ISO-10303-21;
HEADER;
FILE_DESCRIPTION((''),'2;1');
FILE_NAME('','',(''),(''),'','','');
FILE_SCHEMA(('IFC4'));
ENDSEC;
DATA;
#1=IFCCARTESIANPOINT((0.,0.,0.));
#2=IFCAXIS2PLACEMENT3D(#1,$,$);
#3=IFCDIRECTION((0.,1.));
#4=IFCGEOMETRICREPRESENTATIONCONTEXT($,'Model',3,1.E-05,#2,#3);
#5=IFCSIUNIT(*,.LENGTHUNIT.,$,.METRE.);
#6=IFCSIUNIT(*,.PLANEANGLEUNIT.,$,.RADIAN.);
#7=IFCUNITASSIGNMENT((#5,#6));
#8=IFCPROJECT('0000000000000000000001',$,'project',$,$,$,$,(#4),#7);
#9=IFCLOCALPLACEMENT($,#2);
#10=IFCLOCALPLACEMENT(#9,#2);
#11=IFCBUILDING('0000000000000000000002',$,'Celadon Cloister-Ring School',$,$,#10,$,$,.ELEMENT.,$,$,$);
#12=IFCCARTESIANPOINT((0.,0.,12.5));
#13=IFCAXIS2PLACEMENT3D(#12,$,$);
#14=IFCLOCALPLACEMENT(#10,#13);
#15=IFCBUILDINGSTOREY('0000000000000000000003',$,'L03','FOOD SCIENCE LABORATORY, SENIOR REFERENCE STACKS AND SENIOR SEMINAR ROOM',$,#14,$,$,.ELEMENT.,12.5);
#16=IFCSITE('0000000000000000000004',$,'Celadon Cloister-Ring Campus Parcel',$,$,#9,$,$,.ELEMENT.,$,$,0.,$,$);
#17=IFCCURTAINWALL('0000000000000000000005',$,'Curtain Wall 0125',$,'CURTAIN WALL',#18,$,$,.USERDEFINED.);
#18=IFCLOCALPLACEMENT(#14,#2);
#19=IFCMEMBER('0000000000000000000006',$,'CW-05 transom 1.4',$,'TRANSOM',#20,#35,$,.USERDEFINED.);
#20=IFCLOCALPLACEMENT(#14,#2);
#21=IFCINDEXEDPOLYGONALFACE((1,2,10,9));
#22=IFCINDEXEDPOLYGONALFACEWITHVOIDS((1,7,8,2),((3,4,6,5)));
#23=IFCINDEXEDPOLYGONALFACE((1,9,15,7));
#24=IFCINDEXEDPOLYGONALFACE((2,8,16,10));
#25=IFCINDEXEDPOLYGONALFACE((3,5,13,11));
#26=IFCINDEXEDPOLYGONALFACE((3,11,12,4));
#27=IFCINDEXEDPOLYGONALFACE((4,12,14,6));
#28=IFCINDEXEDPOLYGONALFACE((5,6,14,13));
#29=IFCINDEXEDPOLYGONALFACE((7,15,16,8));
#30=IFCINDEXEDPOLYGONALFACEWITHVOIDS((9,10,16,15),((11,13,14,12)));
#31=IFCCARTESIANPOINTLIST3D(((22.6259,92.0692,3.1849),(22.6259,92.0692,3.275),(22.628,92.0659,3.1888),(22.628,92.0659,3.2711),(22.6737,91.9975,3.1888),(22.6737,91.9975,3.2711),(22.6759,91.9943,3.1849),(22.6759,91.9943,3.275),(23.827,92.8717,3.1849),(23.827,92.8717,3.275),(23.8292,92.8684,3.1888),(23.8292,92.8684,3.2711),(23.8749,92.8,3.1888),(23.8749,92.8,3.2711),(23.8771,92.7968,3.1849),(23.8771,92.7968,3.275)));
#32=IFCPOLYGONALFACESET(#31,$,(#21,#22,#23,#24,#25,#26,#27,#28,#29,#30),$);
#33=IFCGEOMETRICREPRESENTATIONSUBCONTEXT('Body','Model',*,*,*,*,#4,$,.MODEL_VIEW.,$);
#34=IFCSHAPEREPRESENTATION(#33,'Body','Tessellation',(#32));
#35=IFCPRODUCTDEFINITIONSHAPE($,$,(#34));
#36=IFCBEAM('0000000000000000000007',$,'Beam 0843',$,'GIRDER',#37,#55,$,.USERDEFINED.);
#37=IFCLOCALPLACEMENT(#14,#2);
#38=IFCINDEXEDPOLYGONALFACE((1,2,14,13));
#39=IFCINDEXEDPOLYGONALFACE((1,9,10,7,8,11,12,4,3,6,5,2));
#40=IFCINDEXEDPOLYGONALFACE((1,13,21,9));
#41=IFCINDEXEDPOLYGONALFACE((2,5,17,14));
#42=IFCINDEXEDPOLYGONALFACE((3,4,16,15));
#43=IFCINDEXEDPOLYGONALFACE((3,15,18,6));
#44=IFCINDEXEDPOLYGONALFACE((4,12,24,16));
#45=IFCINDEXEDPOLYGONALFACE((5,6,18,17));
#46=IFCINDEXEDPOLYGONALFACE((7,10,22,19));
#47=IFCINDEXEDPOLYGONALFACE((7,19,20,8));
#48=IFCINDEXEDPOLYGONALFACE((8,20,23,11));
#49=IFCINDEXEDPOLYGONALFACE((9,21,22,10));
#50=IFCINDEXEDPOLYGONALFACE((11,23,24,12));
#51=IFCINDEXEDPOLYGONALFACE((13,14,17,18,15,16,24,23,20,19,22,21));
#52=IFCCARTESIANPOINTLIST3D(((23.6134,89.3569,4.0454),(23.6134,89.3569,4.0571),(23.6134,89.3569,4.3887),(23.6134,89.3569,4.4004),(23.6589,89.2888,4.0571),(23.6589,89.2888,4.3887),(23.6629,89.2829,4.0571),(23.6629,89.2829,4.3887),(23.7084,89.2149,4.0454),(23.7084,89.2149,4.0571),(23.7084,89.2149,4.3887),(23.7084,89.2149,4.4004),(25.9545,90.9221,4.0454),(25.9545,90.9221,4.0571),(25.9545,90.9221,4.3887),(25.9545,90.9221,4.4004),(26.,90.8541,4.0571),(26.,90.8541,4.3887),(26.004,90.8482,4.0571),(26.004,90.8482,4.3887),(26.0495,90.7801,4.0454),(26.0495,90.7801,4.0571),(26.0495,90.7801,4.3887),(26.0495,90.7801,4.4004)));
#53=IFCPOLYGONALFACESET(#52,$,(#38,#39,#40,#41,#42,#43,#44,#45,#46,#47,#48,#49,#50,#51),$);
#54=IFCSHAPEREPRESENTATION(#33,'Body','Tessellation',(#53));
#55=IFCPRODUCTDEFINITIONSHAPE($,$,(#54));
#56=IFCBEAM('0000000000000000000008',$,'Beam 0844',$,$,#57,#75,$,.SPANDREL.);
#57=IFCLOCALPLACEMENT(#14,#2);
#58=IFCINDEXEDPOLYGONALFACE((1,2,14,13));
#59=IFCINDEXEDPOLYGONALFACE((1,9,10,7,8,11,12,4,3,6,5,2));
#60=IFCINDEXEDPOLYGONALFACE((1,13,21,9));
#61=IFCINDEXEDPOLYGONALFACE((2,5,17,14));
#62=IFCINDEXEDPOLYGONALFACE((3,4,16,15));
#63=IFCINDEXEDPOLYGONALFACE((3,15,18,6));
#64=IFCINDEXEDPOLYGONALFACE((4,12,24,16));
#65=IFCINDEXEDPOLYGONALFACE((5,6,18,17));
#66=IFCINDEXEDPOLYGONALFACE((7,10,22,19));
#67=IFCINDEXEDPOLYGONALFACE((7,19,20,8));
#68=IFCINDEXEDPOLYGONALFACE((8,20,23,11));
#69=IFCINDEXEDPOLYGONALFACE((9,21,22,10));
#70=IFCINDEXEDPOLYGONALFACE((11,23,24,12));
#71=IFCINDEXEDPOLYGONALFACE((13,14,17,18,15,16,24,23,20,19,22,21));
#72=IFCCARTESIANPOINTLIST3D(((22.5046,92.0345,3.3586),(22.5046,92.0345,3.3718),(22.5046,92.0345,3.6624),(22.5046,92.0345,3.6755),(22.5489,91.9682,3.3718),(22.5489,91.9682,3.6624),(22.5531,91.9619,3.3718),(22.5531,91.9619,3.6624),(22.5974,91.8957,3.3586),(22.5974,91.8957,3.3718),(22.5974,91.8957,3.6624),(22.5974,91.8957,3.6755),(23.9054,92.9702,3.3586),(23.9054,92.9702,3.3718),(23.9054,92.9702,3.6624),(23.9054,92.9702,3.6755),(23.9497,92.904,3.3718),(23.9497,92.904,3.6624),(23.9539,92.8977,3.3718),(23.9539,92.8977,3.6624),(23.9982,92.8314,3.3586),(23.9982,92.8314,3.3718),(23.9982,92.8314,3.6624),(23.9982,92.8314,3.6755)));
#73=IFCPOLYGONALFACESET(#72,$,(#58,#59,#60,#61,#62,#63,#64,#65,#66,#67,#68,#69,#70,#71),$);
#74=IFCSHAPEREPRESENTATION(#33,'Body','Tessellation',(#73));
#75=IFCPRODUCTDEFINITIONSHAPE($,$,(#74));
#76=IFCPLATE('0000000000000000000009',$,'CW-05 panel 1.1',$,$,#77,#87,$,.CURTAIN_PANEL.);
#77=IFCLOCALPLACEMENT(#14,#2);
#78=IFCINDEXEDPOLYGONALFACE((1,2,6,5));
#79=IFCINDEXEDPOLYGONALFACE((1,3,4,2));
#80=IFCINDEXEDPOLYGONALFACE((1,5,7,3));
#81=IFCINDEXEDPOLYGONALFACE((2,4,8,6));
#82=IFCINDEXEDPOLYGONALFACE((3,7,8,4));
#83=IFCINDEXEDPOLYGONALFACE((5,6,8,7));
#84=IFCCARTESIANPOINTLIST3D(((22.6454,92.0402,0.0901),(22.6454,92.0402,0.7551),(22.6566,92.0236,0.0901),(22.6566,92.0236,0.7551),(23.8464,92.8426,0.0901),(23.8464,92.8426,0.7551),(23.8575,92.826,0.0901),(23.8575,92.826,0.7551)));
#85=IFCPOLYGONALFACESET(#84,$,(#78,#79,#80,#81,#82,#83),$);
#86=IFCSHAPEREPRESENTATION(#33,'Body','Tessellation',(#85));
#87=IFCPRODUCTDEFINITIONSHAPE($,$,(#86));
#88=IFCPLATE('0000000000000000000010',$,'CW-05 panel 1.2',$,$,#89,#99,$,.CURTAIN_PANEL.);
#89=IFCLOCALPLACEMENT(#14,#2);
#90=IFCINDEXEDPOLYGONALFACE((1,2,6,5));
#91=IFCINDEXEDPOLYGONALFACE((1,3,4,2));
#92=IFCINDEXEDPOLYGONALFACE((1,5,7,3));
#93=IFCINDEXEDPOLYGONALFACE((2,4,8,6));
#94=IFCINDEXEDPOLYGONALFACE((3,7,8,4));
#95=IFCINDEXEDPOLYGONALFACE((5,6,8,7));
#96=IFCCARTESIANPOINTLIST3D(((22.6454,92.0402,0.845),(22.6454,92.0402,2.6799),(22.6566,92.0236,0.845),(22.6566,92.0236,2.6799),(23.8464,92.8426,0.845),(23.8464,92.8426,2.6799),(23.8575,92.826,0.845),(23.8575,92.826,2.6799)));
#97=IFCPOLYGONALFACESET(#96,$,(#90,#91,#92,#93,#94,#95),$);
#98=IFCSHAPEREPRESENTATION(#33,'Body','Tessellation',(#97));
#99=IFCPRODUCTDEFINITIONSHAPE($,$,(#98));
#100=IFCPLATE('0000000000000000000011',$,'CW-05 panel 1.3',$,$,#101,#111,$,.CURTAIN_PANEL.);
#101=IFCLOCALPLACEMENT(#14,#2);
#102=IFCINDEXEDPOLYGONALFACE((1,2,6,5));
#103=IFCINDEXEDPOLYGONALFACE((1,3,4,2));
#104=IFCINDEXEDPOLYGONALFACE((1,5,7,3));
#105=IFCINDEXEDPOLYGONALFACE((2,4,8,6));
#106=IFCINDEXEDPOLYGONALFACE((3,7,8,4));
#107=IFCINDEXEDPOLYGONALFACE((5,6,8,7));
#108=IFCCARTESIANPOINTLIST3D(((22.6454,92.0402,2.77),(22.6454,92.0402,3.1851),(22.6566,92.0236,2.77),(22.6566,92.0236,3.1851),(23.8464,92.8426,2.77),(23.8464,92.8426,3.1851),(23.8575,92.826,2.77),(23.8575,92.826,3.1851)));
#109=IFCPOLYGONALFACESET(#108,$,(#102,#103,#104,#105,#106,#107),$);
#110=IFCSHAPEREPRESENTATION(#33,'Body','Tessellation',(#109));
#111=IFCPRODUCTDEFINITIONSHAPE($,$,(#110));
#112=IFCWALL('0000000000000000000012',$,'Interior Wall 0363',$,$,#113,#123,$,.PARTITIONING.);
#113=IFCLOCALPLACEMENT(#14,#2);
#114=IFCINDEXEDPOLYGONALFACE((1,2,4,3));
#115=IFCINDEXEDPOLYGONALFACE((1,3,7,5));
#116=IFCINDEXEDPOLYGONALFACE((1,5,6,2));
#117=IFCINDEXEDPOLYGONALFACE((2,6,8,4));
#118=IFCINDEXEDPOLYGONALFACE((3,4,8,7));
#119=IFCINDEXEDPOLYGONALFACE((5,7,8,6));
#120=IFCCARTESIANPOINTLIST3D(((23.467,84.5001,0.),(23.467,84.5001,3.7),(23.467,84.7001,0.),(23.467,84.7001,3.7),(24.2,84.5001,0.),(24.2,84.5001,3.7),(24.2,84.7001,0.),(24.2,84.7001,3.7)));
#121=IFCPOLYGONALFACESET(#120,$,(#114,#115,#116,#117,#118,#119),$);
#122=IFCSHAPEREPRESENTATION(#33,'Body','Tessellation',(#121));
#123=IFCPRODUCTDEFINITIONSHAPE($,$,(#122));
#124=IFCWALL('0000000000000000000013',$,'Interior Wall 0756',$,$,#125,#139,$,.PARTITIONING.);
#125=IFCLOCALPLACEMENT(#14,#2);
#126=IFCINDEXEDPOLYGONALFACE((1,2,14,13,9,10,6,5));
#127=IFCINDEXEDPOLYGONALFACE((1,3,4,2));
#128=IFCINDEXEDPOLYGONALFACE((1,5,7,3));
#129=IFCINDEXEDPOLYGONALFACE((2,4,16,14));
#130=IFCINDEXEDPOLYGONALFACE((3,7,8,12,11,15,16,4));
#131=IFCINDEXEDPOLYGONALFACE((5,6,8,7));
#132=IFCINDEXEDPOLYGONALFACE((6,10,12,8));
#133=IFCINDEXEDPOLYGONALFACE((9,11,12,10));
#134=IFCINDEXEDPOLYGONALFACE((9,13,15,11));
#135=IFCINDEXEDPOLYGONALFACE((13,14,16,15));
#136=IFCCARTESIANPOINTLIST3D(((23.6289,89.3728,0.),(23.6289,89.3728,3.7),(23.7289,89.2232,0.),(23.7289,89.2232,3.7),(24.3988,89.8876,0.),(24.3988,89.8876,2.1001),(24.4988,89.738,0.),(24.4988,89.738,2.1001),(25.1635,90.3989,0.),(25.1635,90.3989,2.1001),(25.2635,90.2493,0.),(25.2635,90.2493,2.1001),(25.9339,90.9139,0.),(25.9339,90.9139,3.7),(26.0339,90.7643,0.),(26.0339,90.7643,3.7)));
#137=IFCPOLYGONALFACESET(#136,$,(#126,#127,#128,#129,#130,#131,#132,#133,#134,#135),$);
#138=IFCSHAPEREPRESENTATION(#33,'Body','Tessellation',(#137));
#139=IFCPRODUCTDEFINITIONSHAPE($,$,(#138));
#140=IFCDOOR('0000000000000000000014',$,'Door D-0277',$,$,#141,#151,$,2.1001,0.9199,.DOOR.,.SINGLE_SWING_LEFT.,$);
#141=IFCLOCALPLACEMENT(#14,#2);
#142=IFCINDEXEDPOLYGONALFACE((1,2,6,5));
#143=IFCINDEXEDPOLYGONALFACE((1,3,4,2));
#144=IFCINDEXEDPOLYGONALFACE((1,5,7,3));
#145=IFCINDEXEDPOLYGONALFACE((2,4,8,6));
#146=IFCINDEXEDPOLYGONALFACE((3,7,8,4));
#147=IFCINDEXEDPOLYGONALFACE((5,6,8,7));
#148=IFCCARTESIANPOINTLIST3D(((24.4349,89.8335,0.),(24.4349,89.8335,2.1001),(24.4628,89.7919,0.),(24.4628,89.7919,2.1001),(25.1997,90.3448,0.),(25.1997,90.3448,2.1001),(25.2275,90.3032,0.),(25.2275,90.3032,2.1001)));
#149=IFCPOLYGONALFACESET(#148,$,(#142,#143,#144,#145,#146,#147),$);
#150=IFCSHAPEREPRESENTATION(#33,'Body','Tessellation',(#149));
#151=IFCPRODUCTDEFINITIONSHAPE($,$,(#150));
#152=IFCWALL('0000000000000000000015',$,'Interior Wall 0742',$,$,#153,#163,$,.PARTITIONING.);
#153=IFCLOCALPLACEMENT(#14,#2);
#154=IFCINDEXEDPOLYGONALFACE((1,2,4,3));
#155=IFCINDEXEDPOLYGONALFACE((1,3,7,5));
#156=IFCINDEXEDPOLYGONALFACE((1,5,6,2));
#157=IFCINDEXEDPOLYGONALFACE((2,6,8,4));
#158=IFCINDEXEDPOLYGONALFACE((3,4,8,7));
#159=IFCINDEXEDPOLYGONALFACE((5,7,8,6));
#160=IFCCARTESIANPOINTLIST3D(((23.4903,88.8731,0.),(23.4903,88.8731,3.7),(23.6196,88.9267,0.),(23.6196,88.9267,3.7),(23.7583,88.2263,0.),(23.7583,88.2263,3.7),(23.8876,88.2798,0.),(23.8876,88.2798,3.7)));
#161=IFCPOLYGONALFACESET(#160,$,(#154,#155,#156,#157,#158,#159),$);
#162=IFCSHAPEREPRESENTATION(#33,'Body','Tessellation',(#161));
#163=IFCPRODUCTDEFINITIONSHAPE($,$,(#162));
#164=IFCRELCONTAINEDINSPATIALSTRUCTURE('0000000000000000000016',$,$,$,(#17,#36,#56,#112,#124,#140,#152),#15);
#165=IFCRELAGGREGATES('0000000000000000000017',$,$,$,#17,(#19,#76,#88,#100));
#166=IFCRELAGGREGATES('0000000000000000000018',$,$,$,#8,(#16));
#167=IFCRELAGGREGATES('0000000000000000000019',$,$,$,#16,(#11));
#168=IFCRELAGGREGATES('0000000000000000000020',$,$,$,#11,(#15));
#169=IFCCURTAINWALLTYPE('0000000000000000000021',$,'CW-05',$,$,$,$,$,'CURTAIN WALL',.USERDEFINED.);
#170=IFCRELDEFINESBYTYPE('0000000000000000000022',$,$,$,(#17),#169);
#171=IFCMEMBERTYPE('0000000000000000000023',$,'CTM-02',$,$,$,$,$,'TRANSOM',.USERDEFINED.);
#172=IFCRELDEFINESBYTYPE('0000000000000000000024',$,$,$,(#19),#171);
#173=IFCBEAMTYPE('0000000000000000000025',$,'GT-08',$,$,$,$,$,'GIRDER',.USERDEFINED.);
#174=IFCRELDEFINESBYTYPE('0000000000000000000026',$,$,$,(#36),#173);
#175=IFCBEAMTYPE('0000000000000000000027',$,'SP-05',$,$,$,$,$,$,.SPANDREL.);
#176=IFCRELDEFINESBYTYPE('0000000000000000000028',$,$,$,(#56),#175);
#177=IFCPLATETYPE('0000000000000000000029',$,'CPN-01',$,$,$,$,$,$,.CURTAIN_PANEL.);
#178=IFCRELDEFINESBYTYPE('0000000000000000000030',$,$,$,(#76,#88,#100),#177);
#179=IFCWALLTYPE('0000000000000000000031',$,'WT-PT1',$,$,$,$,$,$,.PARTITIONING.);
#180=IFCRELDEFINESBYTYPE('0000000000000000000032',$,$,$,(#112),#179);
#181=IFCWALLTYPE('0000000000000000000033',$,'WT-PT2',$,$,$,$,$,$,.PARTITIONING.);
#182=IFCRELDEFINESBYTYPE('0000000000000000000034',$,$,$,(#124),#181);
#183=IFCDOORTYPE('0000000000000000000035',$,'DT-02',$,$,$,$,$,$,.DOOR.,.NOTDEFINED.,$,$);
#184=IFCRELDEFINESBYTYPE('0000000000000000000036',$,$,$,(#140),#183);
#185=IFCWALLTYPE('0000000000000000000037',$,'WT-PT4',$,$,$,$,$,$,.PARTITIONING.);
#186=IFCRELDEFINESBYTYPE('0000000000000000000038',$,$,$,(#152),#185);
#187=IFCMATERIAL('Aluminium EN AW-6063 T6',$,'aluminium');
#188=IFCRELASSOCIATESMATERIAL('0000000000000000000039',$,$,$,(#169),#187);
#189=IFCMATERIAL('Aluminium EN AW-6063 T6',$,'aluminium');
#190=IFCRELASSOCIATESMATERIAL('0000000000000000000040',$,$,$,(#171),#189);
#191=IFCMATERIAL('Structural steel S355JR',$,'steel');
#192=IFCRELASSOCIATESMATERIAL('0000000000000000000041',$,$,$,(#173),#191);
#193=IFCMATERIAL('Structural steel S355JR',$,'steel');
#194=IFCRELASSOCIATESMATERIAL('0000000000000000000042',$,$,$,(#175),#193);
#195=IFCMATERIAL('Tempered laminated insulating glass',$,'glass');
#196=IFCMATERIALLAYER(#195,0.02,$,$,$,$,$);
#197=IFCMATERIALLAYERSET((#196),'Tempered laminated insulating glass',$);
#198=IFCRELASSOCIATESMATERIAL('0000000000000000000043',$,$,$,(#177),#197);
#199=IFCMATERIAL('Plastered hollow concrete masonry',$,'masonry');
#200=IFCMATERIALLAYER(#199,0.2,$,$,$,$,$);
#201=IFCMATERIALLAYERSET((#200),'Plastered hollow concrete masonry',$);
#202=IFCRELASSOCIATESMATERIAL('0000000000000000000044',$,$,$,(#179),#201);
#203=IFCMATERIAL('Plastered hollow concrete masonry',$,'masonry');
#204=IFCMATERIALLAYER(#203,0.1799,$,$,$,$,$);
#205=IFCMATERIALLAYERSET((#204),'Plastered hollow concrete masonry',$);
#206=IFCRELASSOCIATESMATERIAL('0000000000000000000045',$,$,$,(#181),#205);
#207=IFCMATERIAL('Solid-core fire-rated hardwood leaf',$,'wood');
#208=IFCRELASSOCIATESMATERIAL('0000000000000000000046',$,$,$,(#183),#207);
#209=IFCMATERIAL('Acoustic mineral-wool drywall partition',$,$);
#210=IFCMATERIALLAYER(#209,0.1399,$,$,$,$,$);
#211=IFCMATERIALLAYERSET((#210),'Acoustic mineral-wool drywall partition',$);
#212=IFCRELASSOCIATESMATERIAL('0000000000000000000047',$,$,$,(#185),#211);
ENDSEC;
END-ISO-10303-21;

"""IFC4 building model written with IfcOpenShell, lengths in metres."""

from ifc_helpers import new_model, si_unit, direction, frame, frame_2d, origin, origin_2d, place, context, subcontext, project, spatial, rectangle, hollow_rectangle, i_section, extrude, material, layer, layer_set, material_profile, profile_set, type_object, element, fill, aggregate, save


model = new_model("IFC4")

# Units and contexts
model_context = context("Model", 3, precision=1e-05, world=origin(), true_north=direction((0.0, 1.0)))
body_context = subcontext(model_context, "Body", "Model", "MODEL_VIEW")
ifc_project = project(units=[si_unit("LENGTHUNIT", "METRE"), si_unit("PLANEANGLEUNIT", "RADIAN")], contexts=[model_context])

# Site, building, storey
site_placement = place(None, origin())
site = spatial("IfcSite", under=ifc_project, at=site_placement, Name="Celadon Cloister-Ring Campus Parcel", CompositionType="ELEMENT", RefElevation=0.0)
building_placement = place(site_placement, origin())
building = spatial("IfcBuilding", under=site, at=building_placement, Name="Celadon Cloister-Ring School", CompositionType="ELEMENT")
storey_placement = place(building_placement, frame((0.0, 0.0, 12.5)))
storey = spatial("IfcBuildingStorey", under=building, at=storey_placement, Name="L03", Description="FOOD SCIENCE LABORATORY, SENIOR REFERENCE STACKS AND SENIOR SEMINAR ROOM", CompositionType="ELEMENT", Elevation=12.5)

# Shared definitions
ifc_material_1 = material(Name="Aluminium EN AW-6063 T6", Category="aluminium")
curtain_wall_type = type_object("IfcCurtainWallType", Name="CW-05", ElementType="CURTAIN WALL", PredefinedType="USERDEFINED", material=ifc_material_1)

# Curtain wall, member
curtain_wall_1_placement = place(storey_placement, origin())
curtain_wall_1 = element("IfcCurtainWall", 1, at=curtain_wall_1_placement, inside=storey, type_object=curtain_wall_type, Name="Curtain Wall 0125", ObjectType="CURTAIN WALL", PredefinedType="USERDEFINED")
ifc_material_2 = material(Name="Aluminium EN AW-6063 T6", Category="aluminium")
ifc_material_profile_1 = material_profile(ifc_material_2, hollow_rectangle(XDim=0.0901, YDim=0.0901, WallThickness=0.0039, at=origin_2d()), Name="RHS90X90X4")
ifc_profile_set_1 = profile_set([ifc_material_profile_1], Name="Aluminium EN AW-6063 T6")
member_type_1 = type_object("IfcMemberType", Name="CTM-02", ElementType="TRANSOM", PredefinedType="USERDEFINED", material=ifc_profile_set_1)
member_1_placement = place(storey_placement, frame((22.6509, 92.0317, 3.23), z_axis=(0.831504, 0.555519, 0.0), x_axis=(-0.555519, 0.831504, 0.0)))
member_1 = element("IfcMember", 2, at=member_1_placement, type_object=member_type_1, Name="CW-05 transom 1.4", ObjectType="TRANSOM", PredefinedType="USERDEFINED", context=body_context, shape_type="SweptSolid", body=[
    extrude(hollow_rectangle(XDim=0.0901, YDim=0.0901, WallThickness=0.0039, at=origin_2d()), origin(), (0.0, 0.0, 1.0), 1.4446),
])

# Beams
ifc_material_3 = material(Name="Structural steel S355JR", Category="steel")
ifc_material_profile_2 = material_profile(ifc_material_3, i_section(OverallWidth=0.1709, OverallDepth=0.355, WebThickness=0.0071, FlangeThickness=0.0117, at=origin_2d()), Name="W360X51")
ifc_profile_set_2 = profile_set([ifc_material_profile_2], Name="Structural steel S355JR")
beam_type_1 = type_object("IfcBeamType", Name="GT-08", ElementType="GIRDER", PredefinedType="USERDEFINED", material=ifc_profile_set_2)
beam_1_placement = place(storey_placement, frame((23.6609, 89.2859, 4.2229), z_axis=(0.831316, 0.5558, 0.0), x_axis=(-0.5558, 0.831316, 0.0)))
element("IfcBeam", 3, at=beam_1_placement, inside=storey, type_object=beam_type_1, Name="Beam 0843", ObjectType="GIRDER", PredefinedType="USERDEFINED", context=body_context, shape_type="SweptSolid", body=[
    extrude(i_section(OverallWidth=0.1709, OverallDepth=0.355, WebThickness=0.0071, FlangeThickness=0.0117, at=origin_2d()), origin(), (0.0, 0.0, 1.0), 2.8162),
])
ifc_material_4 = material(Name="Structural steel S355JR", Category="steel")
ifc_material_profile_3 = material_profile(ifc_material_4, i_section(OverallWidth=0.167, OverallDepth=0.3169, WebThickness=0.0076, FlangeThickness=0.0132, at=origin_2d()), Name="W310X52")
ifc_profile_set_3 = profile_set([ifc_material_profile_3], Name="Structural steel S355JR")
beam_type_2 = type_object("IfcBeamType", Name="SP-05", PredefinedType="SPANDREL", material=ifc_profile_set_3)
beam_2_placement = place(storey_placement, frame((22.551, 91.9651, 3.5171), z_axis=(0.831537, 0.555469, 0.0), x_axis=(-0.555469, 0.831537, 0.0)))
element("IfcBeam", 4, at=beam_2_placement, inside=storey, type_object=beam_type_2, Name="Beam 0844", PredefinedType="SPANDREL", context=body_context, shape_type="SweptSolid", body=[
    extrude(i_section(OverallWidth=0.167, OverallDepth=0.3169, WebThickness=0.0076, FlangeThickness=0.0132, at=origin_2d()), origin(), (0.0, 0.0, 1.0), 1.6846),
])

# Plates
ifc_material_5 = material(Name="Tempered laminated insulating glass", Category="glass")
ifc_layer_1 = layer(ifc_material_5, 0.02)
ifc_layer_set_1 = layer_set([ifc_layer_1], Name="Tempered laminated insulating glass")
plate_type = type_object("IfcPlateType", Name="CPN-01", PredefinedType="CURTAIN_PANEL", material=ifc_layer_set_1)
plate_1_placement = place(storey_placement, frame((23.2515, 92.4331, 0.0901), z_axis=(0.0, 0.0, 1.0), x_axis=(0.831485, 0.555547, 0.0)))
plate_1 = element("IfcPlate", 5, at=plate_1_placement, type_object=plate_type, Name="CW-05 panel 1.1", PredefinedType="CURTAIN_PANEL", context=body_context, shape_type="SweptSolid", body=[
    extrude(rectangle(XDim=1.4443, YDim=0.02, at=origin_2d()), origin(), (0.0, 0.0, 1.0), 0.665),
])
plate_2_placement = place(storey_placement, frame((23.2515, 92.4331, 0.845), z_axis=(0.0, 0.0, 1.0), x_axis=(0.831485, 0.555547, 0.0)))
plate_2 = element("IfcPlate", 6, at=plate_2_placement, type_object=plate_type, Name="CW-05 panel 1.2", PredefinedType="CURTAIN_PANEL", context=body_context, shape_type="SweptSolid", body=[
    extrude(rectangle(XDim=1.4443, YDim=0.02, at=origin_2d()), origin(), (0.0, 0.0, 1.0), 1.835),
])
plate_3_placement = place(storey_placement, frame((23.2515, 92.4331, 2.77), z_axis=(0.0, 0.0, 1.0), x_axis=(0.831485, 0.555547, 0.0)))
plate_3 = element("IfcPlate", 7, at=plate_3_placement, type_object=plate_type, Name="CW-05 panel 1.3", PredefinedType="CURTAIN_PANEL", context=body_context, shape_type="SweptSolid", body=[
    extrude(rectangle(XDim=1.4443, YDim=0.02, at=origin_2d()), origin(), (0.0, 0.0, 1.0), 0.415),
])
aggregate(curtain_wall_1, [member_1, plate_1, plate_2, plate_3])

# Wall
ifc_material_6 = material(Name="Plastered hollow concrete masonry", Category="masonry")
ifc_layer_2 = layer(ifc_material_6, 0.2)
ifc_layer_set_2 = layer_set([ifc_layer_2], Name="Plastered hollow concrete masonry")
wall_type_1 = type_object("IfcWallType", Name="WT-PT1", PredefinedType="PARTITIONING", material=ifc_layer_set_2)
wall_1_placement = place(storey_placement, frame((23.467, 84.6001, 0.0), z_axis=(0.0, 0.0, 1.0), x_axis=(1.0, 0.0, 0.0)))
element("IfcWall", 8, at=wall_1_placement, inside=storey, type_object=wall_type_1, Name="Interior Wall 0363", PredefinedType="PARTITIONING", context=body_context, shape_type="SweptSolid", body=[
    extrude(rectangle(XDim=0.7329, YDim=0.2, at=frame_2d((0.3665, 0.0))), origin(), (0.0, 0.0, 1.0), 3.7),
])

# Wall, opening, door
ifc_material_7 = material(Name="Plastered hollow concrete masonry", Category="masonry")
ifc_layer_3 = layer(ifc_material_7, 0.1799)
ifc_layer_set_3 = layer_set([ifc_layer_3], Name="Plastered hollow concrete masonry")
wall_type_2 = type_object("IfcWallType", Name="WT-PT2", PredefinedType="PARTITIONING", material=ifc_layer_set_3)
wall_2_placement = place(storey_placement, frame((23.679, 89.2981, 0.0), z_axis=(0.0, 0.0, 1.0), x_axis=(0.831318, 0.555797, 0.0)))
wall_2 = element("IfcWall", 9, at=wall_2_placement, inside=storey, type_object=wall_type_2, Name="Interior Wall 0756", PredefinedType="PARTITIONING", context=body_context, shape_type="SweptSolid", body=[
    extrude(rectangle(XDim=2.7727, YDim=0.1799, at=frame_2d((1.3862, 0.0))), origin(), (0.0, 0.0, 1.0), 3.7),
])
opening_1_placement = place(wall_2_placement, frame((0.926, 0.0, 0.0)))
opening_1 = element("IfcOpeningElement", 10, at=opening_1_placement, cuts=wall_2, PredefinedType="OPENING", context=body_context, shape_type="SweptSolid", body=[
    extrude(rectangle(XDim=0.9199, YDim=2.1001, at=frame_2d((0.46, 1.05))), frame((0.0, 0.1001, 0.0), z_axis=(0.0, -1.0, 0.0), x_axis=(1.0, 0.0, 0.0)), (0.0, 0.0, 1.0), 0.2),
])
ifc_material_8 = material(Name="Solid-core fire-rated hardwood leaf", Category="wood")
door_type_1 = type_object("IfcDoorType", Name="DT-02", OperationType="NOTDEFINED", PredefinedType="DOOR", material=ifc_material_8)
door_1_placement = place(opening_1_placement, origin())
door_1 = element("IfcDoor", 11, at=door_1_placement, inside=storey, type_object=door_type_1, Name="Door D-0277", OperationType="SINGLE_SWING_LEFT", OverallHeight=2.1001, OverallWidth=0.9199, PredefinedType="DOOR", context=body_context, shape_type="SweptSolid", body=[
    extrude(rectangle(XDim=0.9199, YDim=2.1001, at=frame_2d((0.46, 1.05))), frame((0.0, 0.0249, 0.0), z_axis=(0.0, -1.0, 0.0), x_axis=(1.0, 0.0, 0.0)), (0.0, 0.0, 1.0), 0.05),
])
fill(opening_1, door_1)

# Wall
ifc_material_9 = material(Name="Acoustic mineral-wool drywall partition")
ifc_layer_4 = layer(ifc_material_9, 0.1399)
ifc_layer_set_4 = layer_set([ifc_layer_4], Name="Acoustic mineral-wool drywall partition")
wall_type_3 = type_object("IfcWallType", Name="WT-PT4", PredefinedType="PARTITIONING", material=ifc_layer_set_4)
wall_3_placement = place(storey_placement, frame((23.5549, 88.8999, 0.0), z_axis=(0.0, 0.0, 1.0), x_axis=(0.382783, -0.923838, 0.0)))
element("IfcWall", 12, at=wall_3_placement, inside=storey, type_object=wall_type_3, Name="Interior Wall 0742", PredefinedType="PARTITIONING", context=body_context, shape_type="SweptSolid", body=[
    extrude(rectangle(XDim=0.7002, YDim=0.1399, at=frame_2d((0.3501, 0.0))), origin(), (0.0, 0.0, 1.0), 3.7),
])

save(model, "model.ifc")
